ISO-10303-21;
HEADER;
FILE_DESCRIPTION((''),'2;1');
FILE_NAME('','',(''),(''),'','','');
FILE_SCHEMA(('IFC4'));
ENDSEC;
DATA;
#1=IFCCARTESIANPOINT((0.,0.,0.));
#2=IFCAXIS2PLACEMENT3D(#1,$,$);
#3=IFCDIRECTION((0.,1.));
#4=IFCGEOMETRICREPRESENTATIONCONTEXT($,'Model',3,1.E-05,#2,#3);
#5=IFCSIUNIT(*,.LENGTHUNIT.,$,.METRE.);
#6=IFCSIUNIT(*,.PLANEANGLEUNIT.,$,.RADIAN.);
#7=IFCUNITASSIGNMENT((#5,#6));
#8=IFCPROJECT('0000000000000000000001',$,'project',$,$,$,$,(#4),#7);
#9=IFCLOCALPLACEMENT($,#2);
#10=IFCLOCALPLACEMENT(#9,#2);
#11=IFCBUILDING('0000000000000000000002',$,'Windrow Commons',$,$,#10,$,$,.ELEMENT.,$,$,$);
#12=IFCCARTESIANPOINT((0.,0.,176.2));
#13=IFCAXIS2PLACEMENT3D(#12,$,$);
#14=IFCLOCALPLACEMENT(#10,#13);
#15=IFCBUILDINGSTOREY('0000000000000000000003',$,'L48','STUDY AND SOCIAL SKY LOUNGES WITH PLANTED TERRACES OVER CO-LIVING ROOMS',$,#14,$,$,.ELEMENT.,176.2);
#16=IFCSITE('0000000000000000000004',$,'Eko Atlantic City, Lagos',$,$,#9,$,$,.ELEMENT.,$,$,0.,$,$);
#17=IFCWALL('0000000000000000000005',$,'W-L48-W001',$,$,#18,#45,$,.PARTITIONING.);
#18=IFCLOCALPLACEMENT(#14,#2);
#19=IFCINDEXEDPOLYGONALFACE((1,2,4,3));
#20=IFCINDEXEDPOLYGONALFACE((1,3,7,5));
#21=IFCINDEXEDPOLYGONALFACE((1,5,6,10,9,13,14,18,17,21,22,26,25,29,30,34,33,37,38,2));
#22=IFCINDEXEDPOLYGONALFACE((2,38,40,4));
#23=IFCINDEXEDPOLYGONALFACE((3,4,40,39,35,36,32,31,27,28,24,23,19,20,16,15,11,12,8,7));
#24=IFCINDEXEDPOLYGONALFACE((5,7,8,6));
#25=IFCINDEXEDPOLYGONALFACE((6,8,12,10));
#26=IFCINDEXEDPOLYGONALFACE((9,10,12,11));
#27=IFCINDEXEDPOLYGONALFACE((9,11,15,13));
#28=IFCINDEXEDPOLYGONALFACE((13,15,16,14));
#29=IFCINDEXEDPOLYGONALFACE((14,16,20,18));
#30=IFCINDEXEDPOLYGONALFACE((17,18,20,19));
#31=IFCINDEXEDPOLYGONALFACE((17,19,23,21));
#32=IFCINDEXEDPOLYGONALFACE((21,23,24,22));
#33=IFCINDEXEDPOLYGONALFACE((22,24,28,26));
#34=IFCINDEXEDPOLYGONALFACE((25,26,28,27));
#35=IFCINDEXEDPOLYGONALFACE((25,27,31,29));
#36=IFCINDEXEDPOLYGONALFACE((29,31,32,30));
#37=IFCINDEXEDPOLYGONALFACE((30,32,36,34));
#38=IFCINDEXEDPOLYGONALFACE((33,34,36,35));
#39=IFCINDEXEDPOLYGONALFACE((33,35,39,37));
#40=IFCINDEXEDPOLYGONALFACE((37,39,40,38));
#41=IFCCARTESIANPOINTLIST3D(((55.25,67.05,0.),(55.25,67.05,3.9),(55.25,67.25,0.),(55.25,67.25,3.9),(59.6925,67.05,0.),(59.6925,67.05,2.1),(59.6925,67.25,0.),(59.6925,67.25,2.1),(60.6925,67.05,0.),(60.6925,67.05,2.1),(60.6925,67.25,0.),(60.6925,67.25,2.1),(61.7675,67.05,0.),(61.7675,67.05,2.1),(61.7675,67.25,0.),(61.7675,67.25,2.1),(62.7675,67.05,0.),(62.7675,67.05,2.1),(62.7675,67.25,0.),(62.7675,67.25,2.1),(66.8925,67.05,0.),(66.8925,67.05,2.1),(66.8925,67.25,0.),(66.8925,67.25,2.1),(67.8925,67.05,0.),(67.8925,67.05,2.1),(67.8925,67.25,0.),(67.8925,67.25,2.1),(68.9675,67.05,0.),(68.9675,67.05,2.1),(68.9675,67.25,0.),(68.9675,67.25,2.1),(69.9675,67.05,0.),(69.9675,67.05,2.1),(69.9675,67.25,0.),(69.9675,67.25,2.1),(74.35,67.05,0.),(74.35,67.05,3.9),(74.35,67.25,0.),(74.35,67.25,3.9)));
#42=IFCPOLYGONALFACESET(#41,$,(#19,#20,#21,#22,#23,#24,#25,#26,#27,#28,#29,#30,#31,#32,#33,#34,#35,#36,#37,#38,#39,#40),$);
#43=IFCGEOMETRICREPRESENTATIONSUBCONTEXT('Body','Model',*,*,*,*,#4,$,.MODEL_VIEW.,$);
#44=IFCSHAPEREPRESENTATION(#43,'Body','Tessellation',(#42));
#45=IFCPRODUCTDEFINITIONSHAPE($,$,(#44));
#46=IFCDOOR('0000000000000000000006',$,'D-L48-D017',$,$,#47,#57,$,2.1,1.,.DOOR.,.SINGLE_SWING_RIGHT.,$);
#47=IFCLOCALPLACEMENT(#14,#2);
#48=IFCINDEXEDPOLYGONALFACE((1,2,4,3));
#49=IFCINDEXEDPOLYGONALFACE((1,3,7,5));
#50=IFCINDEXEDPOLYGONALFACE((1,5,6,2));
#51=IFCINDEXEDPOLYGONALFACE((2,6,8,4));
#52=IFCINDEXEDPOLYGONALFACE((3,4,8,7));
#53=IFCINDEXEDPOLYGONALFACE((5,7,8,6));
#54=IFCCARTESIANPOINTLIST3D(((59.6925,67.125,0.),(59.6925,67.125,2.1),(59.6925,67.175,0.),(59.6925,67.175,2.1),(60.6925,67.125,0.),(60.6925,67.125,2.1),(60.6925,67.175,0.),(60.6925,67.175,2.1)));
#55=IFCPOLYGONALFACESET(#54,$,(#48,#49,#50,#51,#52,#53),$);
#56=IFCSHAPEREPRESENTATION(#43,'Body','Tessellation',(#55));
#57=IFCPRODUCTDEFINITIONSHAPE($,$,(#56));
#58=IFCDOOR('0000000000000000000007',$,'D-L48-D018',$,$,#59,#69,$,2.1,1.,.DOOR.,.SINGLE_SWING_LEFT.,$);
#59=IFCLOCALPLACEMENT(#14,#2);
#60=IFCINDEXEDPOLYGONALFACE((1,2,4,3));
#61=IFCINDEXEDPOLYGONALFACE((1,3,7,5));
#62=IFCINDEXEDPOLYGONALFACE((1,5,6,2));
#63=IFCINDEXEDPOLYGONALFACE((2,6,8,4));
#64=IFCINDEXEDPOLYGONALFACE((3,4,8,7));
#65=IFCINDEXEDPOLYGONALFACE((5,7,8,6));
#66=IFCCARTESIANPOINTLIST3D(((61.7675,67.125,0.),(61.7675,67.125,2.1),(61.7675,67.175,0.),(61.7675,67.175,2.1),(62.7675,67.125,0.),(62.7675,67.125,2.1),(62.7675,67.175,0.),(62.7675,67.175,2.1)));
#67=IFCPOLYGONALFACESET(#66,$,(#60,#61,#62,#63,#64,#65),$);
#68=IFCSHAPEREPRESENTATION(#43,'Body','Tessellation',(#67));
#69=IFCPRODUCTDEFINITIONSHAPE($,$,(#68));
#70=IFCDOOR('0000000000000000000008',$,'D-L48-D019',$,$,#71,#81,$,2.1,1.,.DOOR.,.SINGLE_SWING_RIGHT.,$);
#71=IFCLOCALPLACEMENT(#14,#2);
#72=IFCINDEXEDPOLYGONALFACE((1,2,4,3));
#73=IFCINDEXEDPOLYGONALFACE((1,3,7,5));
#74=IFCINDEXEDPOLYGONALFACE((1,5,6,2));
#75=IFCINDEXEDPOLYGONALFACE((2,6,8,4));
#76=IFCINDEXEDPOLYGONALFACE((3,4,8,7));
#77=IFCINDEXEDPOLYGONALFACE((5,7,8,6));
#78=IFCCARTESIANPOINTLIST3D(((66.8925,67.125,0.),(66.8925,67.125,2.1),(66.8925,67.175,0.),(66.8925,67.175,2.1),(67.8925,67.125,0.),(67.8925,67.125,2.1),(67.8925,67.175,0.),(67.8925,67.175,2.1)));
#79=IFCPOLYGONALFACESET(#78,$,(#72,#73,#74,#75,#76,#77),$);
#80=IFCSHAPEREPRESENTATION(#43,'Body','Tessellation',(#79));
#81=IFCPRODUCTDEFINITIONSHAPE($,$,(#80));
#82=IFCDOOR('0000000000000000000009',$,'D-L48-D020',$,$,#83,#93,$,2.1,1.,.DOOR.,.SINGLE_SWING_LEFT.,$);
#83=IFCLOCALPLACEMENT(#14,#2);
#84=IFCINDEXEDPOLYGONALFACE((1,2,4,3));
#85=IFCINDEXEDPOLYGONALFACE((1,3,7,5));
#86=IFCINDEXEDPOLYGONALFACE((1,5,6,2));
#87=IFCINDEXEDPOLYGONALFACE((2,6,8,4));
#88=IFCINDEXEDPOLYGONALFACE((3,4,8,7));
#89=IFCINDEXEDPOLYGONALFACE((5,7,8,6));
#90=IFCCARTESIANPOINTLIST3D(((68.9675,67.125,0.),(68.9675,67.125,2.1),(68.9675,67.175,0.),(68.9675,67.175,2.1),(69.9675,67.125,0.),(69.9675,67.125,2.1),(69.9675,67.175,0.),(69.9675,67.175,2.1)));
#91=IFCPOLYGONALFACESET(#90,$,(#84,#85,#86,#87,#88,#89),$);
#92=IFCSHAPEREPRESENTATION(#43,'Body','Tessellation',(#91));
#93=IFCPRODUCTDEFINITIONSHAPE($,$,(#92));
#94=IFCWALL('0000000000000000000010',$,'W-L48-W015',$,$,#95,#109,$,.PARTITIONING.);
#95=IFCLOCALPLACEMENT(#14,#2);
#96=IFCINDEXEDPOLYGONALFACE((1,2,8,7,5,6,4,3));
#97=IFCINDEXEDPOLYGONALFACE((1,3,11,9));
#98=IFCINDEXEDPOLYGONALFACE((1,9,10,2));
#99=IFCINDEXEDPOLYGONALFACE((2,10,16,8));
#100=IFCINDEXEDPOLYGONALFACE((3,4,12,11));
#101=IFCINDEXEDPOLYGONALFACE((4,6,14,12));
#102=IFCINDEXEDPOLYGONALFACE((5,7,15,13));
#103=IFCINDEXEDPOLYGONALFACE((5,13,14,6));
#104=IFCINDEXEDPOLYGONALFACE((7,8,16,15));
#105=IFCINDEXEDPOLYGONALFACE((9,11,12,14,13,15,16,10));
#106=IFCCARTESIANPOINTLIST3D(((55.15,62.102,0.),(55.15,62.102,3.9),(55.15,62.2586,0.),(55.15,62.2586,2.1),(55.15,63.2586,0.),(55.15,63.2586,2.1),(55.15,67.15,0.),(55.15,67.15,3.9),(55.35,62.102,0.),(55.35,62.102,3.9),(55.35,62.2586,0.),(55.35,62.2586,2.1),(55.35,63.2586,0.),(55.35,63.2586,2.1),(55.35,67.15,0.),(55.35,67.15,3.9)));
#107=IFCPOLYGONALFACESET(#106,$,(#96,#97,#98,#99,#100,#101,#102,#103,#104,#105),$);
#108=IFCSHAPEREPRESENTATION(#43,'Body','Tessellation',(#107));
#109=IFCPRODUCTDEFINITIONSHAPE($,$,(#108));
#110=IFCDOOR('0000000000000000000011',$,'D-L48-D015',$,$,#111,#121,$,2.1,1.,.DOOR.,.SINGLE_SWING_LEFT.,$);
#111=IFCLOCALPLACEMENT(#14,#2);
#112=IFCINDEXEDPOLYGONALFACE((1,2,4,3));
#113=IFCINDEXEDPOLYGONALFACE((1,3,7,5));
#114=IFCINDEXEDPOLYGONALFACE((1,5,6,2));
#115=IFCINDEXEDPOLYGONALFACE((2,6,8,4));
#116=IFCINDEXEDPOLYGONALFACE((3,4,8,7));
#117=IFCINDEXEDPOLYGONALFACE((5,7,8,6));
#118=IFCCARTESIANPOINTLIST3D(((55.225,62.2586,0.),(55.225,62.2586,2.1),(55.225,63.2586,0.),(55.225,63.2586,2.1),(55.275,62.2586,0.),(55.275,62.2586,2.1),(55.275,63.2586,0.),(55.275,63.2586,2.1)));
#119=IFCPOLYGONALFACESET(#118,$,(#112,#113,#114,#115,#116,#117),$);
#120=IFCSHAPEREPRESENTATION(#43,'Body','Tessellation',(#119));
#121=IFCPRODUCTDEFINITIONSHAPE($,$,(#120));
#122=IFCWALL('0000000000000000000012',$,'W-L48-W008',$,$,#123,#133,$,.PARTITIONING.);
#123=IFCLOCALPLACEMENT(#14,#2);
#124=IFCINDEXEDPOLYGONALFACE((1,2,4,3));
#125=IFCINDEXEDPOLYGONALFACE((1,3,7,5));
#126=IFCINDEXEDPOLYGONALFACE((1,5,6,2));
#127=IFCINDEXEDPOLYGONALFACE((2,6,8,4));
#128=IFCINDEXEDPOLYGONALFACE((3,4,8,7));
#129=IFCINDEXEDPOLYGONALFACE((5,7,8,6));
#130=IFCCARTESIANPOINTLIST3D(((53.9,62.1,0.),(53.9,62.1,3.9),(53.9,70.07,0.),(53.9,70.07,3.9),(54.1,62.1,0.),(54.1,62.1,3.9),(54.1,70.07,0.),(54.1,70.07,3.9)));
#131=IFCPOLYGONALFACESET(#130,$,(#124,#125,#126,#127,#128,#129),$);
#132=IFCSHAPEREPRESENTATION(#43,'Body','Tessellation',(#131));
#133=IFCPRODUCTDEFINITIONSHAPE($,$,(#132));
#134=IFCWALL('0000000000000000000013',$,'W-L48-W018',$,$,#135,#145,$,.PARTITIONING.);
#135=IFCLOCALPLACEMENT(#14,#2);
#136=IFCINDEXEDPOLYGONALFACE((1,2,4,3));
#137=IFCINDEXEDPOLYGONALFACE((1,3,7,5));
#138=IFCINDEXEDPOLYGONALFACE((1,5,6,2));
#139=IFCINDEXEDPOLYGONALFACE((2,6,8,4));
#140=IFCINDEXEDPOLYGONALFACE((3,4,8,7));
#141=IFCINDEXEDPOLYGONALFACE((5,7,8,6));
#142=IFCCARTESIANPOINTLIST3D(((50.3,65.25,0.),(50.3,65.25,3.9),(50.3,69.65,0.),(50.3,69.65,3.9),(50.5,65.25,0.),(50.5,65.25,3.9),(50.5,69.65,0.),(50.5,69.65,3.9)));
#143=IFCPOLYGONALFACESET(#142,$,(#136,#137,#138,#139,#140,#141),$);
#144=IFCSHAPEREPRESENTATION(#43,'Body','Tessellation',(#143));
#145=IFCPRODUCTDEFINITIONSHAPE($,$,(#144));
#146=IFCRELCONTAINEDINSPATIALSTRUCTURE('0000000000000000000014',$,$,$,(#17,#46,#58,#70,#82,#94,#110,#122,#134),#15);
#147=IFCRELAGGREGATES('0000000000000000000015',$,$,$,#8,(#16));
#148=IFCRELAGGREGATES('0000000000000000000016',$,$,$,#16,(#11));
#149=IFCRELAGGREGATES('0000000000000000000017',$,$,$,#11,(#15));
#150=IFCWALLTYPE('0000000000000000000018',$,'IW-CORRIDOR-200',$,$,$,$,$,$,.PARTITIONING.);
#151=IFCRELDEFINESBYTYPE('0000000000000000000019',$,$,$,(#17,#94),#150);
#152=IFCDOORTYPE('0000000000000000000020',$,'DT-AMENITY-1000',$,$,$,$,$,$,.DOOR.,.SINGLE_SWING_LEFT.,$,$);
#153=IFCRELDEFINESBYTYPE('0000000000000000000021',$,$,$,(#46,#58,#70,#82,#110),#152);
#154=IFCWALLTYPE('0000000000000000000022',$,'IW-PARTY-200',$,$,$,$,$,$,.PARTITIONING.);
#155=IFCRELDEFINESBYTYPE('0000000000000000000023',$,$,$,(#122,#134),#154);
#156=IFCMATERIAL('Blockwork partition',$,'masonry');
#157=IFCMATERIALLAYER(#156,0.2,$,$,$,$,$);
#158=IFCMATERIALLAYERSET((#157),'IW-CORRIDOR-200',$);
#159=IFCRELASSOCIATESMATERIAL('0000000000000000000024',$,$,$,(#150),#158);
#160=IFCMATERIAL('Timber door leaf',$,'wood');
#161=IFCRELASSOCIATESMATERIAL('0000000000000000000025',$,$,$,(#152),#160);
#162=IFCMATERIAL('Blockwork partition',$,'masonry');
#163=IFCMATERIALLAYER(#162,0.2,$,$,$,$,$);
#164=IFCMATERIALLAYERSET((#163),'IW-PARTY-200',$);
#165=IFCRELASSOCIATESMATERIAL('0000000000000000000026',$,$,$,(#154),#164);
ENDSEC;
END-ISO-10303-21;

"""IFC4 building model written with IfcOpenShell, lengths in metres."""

from ifc_helpers import new_model, si_unit, direction, frame, frame_2d, origin, place, context, subcontext, project, spatial, rectangle, extrude, material, layer, layer_set, type_object, element, fill, save


model = new_model("IFC4")

# Units and contexts
model_context = context("Model", 3, precision=1e-05, world=origin(), true_north=direction((0.0, 1.0)))
body_context = subcontext(model_context, "Body", "Model", "MODEL_VIEW")
ifc_project = project(units=[si_unit("LENGTHUNIT", "METRE"), si_unit("PLANEANGLEUNIT", "RADIAN")], contexts=[model_context])

# Site, building, storey
site_placement = place(None, origin())
site = spatial("IfcSite", under=ifc_project, at=site_placement, Name="Eko Atlantic City, Lagos", CompositionType="ELEMENT", RefElevation=0.0)
building_placement = place(site_placement, origin())
building = spatial("IfcBuilding", under=site, at=building_placement, Name="Windrow Commons", CompositionType="ELEMENT")
storey_placement = place(building_placement, frame((0.0, 0.0, 176.2)))
storey = spatial("IfcBuildingStorey", under=building, at=storey_placement, Name="L48", Description="STUDY AND SOCIAL SKY LOUNGES WITH PLANTED TERRACES OVER CO-LIVING ROOMS", CompositionType="ELEMENT", Elevation=176.2)

# Wall, openings, doors
ifc_material_1 = material(Name="Blockwork partition", Category="masonry")
ifc_layer_1 = layer(ifc_material_1, 0.2)
ifc_layer_set_1 = layer_set([ifc_layer_1], Name="IW-CORRIDOR-200")
wall_type_1 = type_object("IfcWallType", Name="IW-CORRIDOR-200", PredefinedType="PARTITIONING", material=ifc_layer_set_1)
wall_1_placement = place(storey_placement, frame((55.25, 67.15, 0.0), z_axis=(0.0, 0.0, 1.0), x_axis=(1.0, 0.0, 0.0)))
wall_1 = element("IfcWall", 1, at=wall_1_placement, inside=storey, type_object=wall_type_1, Name="W-L48-W001", PredefinedType="PARTITIONING", context=body_context, shape_type="SweptSolid", body=[
    extrude(rectangle(XDim=19.1, YDim=0.2, at=frame_2d((9.55, 0.0))), origin(), (0.0, 0.0, 1.0), 3.9),
])
opening_1_placement = place(wall_1_placement, frame((4.4425, 0.0, 0.0)))
opening_1 = element("IfcOpeningElement", 2, at=opening_1_placement, cuts=wall_1, PredefinedType="OPENING", context=body_context, shape_type="SweptSolid", body=[
    extrude(rectangle(XDim=1.0, YDim=2.1, at=frame_2d((0.5, 1.05))), frame((0.0, 0.11, 0.0), z_axis=(0.0, -1.0, 0.0), x_axis=(1.0, 0.0, 0.0)), (0.0, 0.0, 1.0), 0.22),
])
opening_2_placement = place(wall_1_placement, frame((6.5175, 0.0, 0.0)))
opening_2 = element("IfcOpeningElement", 3, at=opening_2_placement, cuts=wall_1, PredefinedType="OPENING", context=body_context, shape_type="SweptSolid", body=[
    extrude(rectangle(XDim=1.0, YDim=2.1, at=frame_2d((0.5, 1.05))), frame((0.0, 0.11, 0.0), z_axis=(0.0, -1.0, 0.0), x_axis=(1.0, 0.0, 0.0)), (0.0, 0.0, 1.0), 0.22),
])
opening_3_placement = place(wall_1_placement, frame((11.6425, 0.0, 0.0)))
opening_3 = element("IfcOpeningElement", 4, at=opening_3_placement, cuts=wall_1, PredefinedType="OPENING", context=body_context, shape_type="SweptSolid", body=[
    extrude(rectangle(XDim=1.0, YDim=2.1, at=frame_2d((0.5, 1.05))), frame((0.0, 0.11, 0.0), z_axis=(0.0, -1.0, 0.0), x_axis=(1.0, 0.0, 0.0)), (0.0, 0.0, 1.0), 0.22),
])
opening_4_placement = place(wall_1_placement, frame((13.7175, 0.0, 0.0)))
opening_4 = element("IfcOpeningElement", 5, at=opening_4_placement, cuts=wall_1, PredefinedType="OPENING", context=body_context, shape_type="SweptSolid", body=[
    extrude(rectangle(XDim=1.0, YDim=2.1, at=frame_2d((0.5, 1.05))), frame((0.0, 0.11, 0.0), z_axis=(0.0, -1.0, 0.0), x_axis=(1.0, 0.0, 0.0)), (0.0, 0.0, 1.0), 0.22),
])
ifc_material_2 = material(Name="Timber door leaf", Category="wood")
door_type_1 = type_object("IfcDoorType", Name="DT-AMENITY-1000", OperationType="SINGLE_SWING_LEFT", PredefinedType="DOOR", material=ifc_material_2)
door_1_placement = place(opening_1_placement, origin())
door_1 = element("IfcDoor", 6, at=door_1_placement, inside=storey, type_object=door_type_1, Name="D-L48-D017", OperationType="SINGLE_SWING_RIGHT", OverallHeight=2.1, OverallWidth=1.0, PredefinedType="DOOR", context=body_context, shape_type="SweptSolid", body=[
    extrude(rectangle(XDim=1.0, YDim=2.1, at=frame_2d((0.5, 1.05))), frame((0.0, 0.025, 0.0), z_axis=(0.0, -1.0, 0.0), x_axis=(1.0, 0.0, 0.0)), (0.0, 0.0, 1.0), 0.05),
])
fill(opening_1, door_1)
door_2_placement = place(opening_2_placement, origin())
door_2 = element("IfcDoor", 7, at=door_2_placement, inside=storey, type_object=door_type_1, Name="D-L48-D018", OperationType="SINGLE_SWING_LEFT", OverallHeight=2.1, OverallWidth=1.0, PredefinedType="DOOR", context=body_context, shape_type="SweptSolid", body=[
    extrude(rectangle(XDim=1.0, YDim=2.1, at=frame_2d((0.5, 1.05))), frame((0.0, 0.025, 0.0), z_axis=(0.0, -1.0, 0.0), x_axis=(1.0, 0.0, 0.0)), (0.0, 0.0, 1.0), 0.05),
])
fill(opening_2, door_2)
door_3_placement = place(opening_3_placement, origin())
door_3 = element("IfcDoor", 8, at=door_3_placement, inside=storey, type_object=door_type_1, Name="D-L48-D019", OperationType="SINGLE_SWING_RIGHT", OverallHeight=2.1, OverallWidth=1.0, PredefinedType="DOOR", context=body_context, shape_type="SweptSolid", body=[
    extrude(rectangle(XDim=1.0, YDim=2.1, at=frame_2d((0.5, 1.05))), frame((0.0, 0.025, 0.0), z_axis=(0.0, -1.0, 0.0), x_axis=(1.0, 0.0, 0.0)), (0.0, 0.0, 1.0), 0.05),
])
fill(opening_3, door_3)
door_4_placement = place(opening_4_placement, origin())
door_4 = element("IfcDoor", 9, at=door_4_placement, inside=storey, type_object=door_type_1, Name="D-L48-D020", OperationType="SINGLE_SWING_LEFT", OverallHeight=2.1, OverallWidth=1.0, PredefinedType="DOOR", context=body_context, shape_type="SweptSolid", body=[
    extrude(rectangle(XDim=1.0, YDim=2.1, at=frame_2d((0.5, 1.05))), frame((0.0, 0.025, 0.0), z_axis=(0.0, -1.0, 0.0), x_axis=(1.0, 0.0, 0.0)), (0.0, 0.0, 1.0), 0.05),
])
fill(opening_4, door_4)

# Wall, opening, door
wall_2_placement = place(storey_placement, frame((55.25, 62.102, 0.0), z_axis=(0.0, 0.0, 1.0), x_axis=(0.0, 1.0, 0.0)))
wall_2 = element("IfcWall", 10, at=wall_2_placement, inside=storey, type_object=wall_type_1, Name="W-L48-W015", PredefinedType="PARTITIONING", context=body_context, shape_type="SweptSolid", body=[
    extrude(rectangle(XDim=5.048, YDim=0.2, at=frame_2d((2.524, 0.0))), origin(), (0.0, 0.0, 1.0), 3.9),
])
opening_5_placement = place(wall_2_placement, frame((0.1566, 0.0, 0.0)))
opening_5 = element("IfcOpeningElement", 11, at=opening_5_placement, cuts=wall_2, PredefinedType="OPENING", context=body_context, shape_type="SweptSolid", body=[
    extrude(rectangle(XDim=1.0, YDim=2.1, at=frame_2d((0.5, 1.05))), frame((0.0, 0.11, 0.0), z_axis=(0.0, -1.0, 0.0), x_axis=(1.0, 0.0, 0.0)), (0.0, 0.0, 1.0), 0.22),
])
door_5_placement = place(opening_5_placement, origin())
door_5 = element("IfcDoor", 12, at=door_5_placement, inside=storey, type_object=door_type_1, Name="D-L48-D015", OperationType="SINGLE_SWING_LEFT", OverallHeight=2.1, OverallWidth=1.0, PredefinedType="DOOR", context=body_context, shape_type="SweptSolid", body=[
    extrude(rectangle(XDim=1.0, YDim=2.1, at=frame_2d((0.5, 1.05))), frame((0.0, 0.025, 0.0), z_axis=(0.0, -1.0, 0.0), x_axis=(1.0, 0.0, 0.0)), (0.0, 0.0, 1.0), 0.05),
])
fill(opening_5, door_5)

# Walls
ifc_material_3 = material(Name="Blockwork partition", Category="masonry")
ifc_layer_2 = layer(ifc_material_3, 0.2)
ifc_layer_set_2 = layer_set([ifc_layer_2], Name="IW-PARTY-200")
wall_type_2 = type_object("IfcWallType", Name="IW-PARTY-200", PredefinedType="PARTITIONING", material=ifc_layer_set_2)
wall_3_placement = place(storey_placement, frame((54.0, 62.1, 0.0), z_axis=(0.0, 0.0, 1.0), x_axis=(0.0, 1.0, 0.0)))
element("IfcWall", 13, at=wall_3_placement, inside=storey, type_object=wall_type_2, Name="W-L48-W008", PredefinedType="PARTITIONING", context=body_context, shape_type="SweptSolid", body=[
    extrude(rectangle(XDim=7.97, YDim=0.2, at=frame_2d((3.985, 0.0))), origin(), (0.0, 0.0, 1.0), 3.9),
])
wall_4_placement = place(storey_placement, frame((50.4, 65.25, 0.0), z_axis=(0.0, 0.0, 1.0), x_axis=(0.0, 1.0, 0.0)))
element("IfcWall", 14, at=wall_4_placement, inside=storey, type_object=wall_type_2, Name="W-L48-W018", PredefinedType="PARTITIONING", context=body_context, shape_type="SweptSolid", body=[
    extrude(rectangle(XDim=4.4, YDim=0.2, at=frame_2d((2.2, 0.0))), origin(), (0.0, 0.0, 1.0), 3.9),
])

save(model, "model.ifc")
